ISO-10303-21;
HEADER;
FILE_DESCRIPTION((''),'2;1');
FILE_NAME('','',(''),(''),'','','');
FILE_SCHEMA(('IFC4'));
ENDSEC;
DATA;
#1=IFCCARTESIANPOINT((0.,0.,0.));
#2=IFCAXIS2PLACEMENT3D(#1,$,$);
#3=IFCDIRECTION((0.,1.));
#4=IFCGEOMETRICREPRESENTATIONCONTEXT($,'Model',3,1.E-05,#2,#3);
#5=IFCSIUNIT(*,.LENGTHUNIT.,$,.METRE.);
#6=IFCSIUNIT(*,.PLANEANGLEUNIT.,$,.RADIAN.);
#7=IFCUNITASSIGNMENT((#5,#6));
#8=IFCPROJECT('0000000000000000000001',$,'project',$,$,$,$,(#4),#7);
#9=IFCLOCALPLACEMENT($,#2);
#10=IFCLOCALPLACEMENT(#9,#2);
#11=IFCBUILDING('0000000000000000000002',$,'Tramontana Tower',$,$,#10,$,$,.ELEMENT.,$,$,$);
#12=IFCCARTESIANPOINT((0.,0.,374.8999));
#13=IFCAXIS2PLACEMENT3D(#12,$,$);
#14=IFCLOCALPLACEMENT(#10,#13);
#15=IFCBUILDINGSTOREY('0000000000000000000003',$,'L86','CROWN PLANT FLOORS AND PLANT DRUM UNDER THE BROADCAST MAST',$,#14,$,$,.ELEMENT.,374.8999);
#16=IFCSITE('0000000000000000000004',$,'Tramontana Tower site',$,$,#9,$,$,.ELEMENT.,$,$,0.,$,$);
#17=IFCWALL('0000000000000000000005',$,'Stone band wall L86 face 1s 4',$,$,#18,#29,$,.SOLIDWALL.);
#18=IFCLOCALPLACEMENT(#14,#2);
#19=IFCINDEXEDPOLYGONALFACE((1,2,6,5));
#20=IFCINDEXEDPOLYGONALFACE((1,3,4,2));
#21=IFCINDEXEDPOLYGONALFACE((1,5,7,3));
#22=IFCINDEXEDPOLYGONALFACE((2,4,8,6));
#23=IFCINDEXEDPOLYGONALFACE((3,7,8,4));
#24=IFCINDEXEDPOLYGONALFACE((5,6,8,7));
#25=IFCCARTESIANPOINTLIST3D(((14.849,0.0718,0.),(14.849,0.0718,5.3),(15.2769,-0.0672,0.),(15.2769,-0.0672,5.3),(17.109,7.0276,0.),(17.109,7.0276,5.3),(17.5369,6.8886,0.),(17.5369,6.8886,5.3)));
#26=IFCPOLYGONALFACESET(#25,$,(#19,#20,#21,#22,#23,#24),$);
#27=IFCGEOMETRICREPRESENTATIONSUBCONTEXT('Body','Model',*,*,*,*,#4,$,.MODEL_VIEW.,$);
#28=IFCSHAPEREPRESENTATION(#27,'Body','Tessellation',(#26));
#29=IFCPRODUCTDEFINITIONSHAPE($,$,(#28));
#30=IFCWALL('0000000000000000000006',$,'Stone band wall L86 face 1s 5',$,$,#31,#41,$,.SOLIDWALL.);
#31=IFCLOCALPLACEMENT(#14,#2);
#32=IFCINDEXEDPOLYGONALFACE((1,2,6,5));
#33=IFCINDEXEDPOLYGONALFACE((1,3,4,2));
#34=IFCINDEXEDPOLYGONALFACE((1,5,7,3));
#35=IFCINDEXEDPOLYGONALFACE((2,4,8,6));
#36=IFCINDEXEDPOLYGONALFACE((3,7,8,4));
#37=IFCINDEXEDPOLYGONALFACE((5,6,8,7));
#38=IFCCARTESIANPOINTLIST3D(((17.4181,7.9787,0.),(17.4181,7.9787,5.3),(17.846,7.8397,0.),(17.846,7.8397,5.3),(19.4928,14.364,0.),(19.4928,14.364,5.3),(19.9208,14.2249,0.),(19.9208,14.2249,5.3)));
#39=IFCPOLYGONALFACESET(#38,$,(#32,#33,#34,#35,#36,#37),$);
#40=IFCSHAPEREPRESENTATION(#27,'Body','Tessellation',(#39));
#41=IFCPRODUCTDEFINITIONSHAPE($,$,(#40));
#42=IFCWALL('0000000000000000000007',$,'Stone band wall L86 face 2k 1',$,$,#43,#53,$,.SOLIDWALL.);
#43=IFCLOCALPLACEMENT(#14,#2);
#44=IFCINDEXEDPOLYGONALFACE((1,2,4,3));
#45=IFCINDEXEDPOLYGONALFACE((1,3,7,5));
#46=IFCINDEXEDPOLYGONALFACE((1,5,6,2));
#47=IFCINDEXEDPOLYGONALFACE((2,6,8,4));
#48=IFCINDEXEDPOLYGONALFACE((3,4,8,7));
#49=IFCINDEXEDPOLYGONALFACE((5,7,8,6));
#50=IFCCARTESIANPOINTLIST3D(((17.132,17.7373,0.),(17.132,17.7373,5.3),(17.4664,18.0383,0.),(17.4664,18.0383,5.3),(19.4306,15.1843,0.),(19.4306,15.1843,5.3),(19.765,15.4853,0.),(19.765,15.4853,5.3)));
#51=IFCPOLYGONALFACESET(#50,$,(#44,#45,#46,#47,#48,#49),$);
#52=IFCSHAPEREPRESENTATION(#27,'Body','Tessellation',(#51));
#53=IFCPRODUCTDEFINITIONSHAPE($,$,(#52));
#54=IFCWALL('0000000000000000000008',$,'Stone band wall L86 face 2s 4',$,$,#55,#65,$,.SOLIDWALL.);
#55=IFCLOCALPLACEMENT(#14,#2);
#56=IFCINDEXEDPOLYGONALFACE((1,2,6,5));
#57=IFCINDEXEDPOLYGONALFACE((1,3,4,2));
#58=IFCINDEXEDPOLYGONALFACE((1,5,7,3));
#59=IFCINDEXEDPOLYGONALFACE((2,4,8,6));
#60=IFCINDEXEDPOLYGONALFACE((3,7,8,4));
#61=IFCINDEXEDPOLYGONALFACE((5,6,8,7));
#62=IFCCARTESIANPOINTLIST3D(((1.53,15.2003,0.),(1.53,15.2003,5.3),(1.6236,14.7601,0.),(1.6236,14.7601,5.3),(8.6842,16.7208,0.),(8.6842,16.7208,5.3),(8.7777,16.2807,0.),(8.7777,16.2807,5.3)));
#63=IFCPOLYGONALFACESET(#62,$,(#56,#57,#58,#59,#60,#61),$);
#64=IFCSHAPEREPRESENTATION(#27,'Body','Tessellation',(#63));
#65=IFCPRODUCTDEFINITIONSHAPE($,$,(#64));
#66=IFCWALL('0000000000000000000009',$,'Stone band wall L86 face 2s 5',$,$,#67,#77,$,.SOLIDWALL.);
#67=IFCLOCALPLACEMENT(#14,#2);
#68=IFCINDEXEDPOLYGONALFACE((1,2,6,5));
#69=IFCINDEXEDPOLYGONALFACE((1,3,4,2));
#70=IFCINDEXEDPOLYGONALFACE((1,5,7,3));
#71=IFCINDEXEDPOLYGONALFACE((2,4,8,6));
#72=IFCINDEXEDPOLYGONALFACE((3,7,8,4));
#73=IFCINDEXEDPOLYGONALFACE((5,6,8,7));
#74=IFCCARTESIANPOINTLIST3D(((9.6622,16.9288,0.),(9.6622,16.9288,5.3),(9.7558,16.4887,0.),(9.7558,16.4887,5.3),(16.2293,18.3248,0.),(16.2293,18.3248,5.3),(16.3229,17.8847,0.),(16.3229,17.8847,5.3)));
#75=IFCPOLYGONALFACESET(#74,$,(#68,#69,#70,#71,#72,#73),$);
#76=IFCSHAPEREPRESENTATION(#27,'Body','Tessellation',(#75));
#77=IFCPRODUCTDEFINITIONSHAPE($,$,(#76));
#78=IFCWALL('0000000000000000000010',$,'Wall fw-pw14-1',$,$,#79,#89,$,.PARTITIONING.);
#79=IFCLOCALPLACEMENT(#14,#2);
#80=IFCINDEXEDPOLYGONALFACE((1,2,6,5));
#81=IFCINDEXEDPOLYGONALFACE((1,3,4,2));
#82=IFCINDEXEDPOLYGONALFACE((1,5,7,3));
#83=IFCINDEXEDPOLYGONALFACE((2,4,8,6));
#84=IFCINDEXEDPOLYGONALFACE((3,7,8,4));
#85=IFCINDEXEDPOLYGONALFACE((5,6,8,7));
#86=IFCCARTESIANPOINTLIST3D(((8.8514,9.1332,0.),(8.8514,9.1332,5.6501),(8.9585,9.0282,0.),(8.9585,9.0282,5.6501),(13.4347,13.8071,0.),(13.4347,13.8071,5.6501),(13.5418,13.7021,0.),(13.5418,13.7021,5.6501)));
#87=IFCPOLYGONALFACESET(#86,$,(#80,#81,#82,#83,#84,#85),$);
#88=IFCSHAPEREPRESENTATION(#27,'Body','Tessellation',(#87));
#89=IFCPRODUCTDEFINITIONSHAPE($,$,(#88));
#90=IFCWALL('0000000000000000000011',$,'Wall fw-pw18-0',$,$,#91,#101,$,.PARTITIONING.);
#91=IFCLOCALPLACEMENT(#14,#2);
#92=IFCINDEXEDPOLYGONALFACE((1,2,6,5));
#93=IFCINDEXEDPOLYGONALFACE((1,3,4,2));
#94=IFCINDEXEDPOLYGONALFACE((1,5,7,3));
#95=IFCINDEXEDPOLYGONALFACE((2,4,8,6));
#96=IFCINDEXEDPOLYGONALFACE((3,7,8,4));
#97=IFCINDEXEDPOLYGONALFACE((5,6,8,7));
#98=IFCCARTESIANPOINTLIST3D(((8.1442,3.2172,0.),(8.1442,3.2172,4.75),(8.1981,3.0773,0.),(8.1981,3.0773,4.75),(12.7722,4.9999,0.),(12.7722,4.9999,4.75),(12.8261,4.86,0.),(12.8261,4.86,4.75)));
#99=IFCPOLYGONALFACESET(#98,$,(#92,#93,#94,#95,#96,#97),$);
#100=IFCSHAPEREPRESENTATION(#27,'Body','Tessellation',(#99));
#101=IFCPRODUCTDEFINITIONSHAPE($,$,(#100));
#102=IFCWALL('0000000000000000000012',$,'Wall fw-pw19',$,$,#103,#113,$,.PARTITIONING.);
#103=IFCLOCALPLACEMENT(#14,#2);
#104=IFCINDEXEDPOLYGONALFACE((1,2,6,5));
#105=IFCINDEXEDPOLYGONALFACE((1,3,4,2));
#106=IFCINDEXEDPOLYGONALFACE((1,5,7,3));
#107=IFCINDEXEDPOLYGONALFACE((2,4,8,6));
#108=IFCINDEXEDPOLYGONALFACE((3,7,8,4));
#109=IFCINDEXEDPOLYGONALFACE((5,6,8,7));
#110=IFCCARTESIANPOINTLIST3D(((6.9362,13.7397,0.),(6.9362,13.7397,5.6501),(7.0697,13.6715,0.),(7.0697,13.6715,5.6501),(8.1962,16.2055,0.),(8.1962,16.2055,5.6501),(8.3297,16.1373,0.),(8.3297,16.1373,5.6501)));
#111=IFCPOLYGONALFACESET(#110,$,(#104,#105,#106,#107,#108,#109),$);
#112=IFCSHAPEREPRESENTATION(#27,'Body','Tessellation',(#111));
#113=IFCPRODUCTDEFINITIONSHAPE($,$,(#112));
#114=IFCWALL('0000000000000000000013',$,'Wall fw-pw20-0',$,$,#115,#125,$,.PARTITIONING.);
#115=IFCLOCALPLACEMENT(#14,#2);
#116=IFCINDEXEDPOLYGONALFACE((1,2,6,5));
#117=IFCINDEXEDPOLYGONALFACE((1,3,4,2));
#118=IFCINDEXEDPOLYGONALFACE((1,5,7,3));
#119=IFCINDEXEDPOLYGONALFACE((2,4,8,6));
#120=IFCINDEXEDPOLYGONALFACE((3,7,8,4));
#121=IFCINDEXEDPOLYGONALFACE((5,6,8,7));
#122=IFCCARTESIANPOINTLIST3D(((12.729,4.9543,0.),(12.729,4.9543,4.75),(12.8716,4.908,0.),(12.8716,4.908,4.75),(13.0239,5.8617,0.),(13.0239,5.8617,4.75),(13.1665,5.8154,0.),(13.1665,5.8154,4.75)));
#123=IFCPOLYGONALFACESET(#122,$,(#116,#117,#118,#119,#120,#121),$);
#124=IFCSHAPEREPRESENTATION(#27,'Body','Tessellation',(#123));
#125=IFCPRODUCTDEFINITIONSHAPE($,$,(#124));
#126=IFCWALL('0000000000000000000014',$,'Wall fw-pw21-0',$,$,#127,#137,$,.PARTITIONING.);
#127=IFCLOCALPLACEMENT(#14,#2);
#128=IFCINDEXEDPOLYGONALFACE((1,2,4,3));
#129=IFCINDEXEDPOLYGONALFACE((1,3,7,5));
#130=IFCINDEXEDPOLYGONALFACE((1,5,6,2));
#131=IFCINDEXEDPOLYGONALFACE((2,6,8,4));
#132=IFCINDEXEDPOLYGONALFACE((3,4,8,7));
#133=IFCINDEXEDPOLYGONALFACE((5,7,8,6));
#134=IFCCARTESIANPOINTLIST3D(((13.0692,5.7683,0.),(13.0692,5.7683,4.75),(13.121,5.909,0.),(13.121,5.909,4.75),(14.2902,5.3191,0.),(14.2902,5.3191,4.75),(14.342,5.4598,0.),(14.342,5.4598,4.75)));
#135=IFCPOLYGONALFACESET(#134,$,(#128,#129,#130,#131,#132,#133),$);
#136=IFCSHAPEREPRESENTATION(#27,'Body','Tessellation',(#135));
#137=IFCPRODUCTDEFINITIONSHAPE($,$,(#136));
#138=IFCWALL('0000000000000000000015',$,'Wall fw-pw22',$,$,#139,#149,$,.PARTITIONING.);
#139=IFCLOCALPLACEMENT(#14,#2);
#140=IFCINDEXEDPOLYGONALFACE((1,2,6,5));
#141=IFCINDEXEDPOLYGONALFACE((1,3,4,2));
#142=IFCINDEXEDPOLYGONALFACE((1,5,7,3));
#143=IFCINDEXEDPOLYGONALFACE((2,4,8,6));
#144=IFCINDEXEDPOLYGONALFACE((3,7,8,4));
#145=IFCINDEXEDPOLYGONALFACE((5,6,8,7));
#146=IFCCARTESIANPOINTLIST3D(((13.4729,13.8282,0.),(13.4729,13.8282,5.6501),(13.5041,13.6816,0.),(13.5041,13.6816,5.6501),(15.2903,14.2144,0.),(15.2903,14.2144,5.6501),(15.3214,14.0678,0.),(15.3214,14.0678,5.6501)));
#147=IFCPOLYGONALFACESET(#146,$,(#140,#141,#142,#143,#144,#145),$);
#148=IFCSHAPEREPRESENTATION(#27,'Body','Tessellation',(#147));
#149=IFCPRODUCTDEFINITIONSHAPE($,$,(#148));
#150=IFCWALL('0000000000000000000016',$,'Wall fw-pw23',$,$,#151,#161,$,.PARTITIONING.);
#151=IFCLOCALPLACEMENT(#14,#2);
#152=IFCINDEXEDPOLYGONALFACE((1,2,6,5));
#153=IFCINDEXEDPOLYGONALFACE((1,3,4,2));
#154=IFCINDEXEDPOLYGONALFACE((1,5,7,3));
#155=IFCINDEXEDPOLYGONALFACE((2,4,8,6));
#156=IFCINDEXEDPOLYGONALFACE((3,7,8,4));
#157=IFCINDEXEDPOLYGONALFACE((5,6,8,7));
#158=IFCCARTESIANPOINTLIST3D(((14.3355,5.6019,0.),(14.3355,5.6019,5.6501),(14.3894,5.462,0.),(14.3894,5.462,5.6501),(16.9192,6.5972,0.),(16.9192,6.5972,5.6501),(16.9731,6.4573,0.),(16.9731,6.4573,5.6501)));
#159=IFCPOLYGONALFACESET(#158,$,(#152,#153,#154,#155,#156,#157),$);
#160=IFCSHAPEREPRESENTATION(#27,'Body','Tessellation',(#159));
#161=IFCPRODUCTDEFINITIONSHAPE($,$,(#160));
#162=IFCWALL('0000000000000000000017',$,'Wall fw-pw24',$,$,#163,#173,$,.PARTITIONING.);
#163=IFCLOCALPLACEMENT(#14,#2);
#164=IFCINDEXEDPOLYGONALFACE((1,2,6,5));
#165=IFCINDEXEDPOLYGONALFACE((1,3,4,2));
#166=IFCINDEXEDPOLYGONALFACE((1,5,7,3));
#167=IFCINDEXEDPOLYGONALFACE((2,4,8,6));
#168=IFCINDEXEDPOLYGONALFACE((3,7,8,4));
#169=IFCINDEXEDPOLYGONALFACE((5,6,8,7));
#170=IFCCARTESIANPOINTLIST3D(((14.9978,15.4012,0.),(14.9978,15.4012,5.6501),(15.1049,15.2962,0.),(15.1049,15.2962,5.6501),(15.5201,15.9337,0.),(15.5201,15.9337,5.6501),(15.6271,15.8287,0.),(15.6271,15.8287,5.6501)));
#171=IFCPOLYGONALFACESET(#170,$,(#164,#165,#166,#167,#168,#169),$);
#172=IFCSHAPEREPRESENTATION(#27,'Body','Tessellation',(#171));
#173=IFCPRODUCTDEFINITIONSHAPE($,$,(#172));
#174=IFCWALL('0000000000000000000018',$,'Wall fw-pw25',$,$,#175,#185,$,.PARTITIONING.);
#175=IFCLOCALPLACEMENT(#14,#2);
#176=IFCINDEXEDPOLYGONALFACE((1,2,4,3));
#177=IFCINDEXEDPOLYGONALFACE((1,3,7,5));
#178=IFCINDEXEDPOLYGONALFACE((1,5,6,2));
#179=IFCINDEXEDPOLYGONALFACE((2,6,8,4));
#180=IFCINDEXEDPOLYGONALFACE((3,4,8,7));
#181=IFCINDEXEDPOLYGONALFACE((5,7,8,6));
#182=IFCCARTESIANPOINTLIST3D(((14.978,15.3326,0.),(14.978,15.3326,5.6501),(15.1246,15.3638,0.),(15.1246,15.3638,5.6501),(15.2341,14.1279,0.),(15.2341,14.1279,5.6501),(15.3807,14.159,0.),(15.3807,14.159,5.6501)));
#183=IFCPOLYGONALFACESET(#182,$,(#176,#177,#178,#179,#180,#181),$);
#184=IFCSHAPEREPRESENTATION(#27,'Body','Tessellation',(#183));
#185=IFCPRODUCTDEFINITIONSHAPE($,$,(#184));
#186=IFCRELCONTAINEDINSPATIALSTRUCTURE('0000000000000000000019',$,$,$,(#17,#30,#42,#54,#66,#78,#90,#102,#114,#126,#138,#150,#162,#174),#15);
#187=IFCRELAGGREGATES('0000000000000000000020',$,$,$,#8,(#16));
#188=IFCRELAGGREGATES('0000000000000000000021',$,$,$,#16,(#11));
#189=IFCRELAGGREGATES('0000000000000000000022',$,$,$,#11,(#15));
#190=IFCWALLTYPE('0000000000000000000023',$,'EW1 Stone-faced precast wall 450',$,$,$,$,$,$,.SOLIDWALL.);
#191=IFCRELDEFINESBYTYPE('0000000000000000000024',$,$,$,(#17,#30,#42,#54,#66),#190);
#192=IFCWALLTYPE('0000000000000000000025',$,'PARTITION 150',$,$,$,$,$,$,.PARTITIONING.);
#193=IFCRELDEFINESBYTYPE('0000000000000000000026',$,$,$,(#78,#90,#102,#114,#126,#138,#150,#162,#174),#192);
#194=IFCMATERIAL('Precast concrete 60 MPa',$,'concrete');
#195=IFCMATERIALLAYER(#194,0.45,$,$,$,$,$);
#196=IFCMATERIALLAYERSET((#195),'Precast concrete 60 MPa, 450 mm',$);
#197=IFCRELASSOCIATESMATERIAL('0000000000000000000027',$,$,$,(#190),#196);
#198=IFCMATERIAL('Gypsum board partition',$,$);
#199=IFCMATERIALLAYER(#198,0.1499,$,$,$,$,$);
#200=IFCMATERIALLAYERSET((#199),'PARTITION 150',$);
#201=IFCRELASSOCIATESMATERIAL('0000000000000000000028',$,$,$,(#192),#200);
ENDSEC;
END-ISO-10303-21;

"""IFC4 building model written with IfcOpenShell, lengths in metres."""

from ifc_helpers import new_model, si_unit, direction, frame, frame_2d, origin, place, context, subcontext, project, spatial, rectangle, extrude, material, layer, layer_set, type_object, element, save


model = new_model("IFC4")

# Units and contexts
model_context = context("Model", 3, precision=1e-05, world=origin(), true_north=direction((0.0, 1.0)))
body_context = subcontext(model_context, "Body", "Model", "MODEL_VIEW")
ifc_project = project(units=[si_unit("LENGTHUNIT", "METRE"), si_unit("PLANEANGLEUNIT", "RADIAN")], contexts=[model_context])

# Site, building, storey
site_placement = place(None, origin())
site = spatial("IfcSite", under=ifc_project, at=site_placement, Name="Tramontana Tower site", CompositionType="ELEMENT", RefElevation=0.0)
building_placement = place(site_placement, origin())
building = spatial("IfcBuilding", under=site, at=building_placement, Name="Tramontana Tower", CompositionType="ELEMENT")
storey_placement = place(building_placement, frame((0.0, 0.0, 374.8999)))
storey = spatial("IfcBuildingStorey", under=building, at=storey_placement, Name="L86", Description="CROWN PLANT FLOORS AND PLANT DRUM UNDER THE BROADCAST MAST", CompositionType="ELEMENT", Elevation=374.8999)

# Walls
ifc_material_1 = material(Name="Precast concrete 60 MPa", Category="concrete")
ifc_layer_1 = layer(ifc_material_1, 0.45)
ifc_layer_set_1 = layer_set([ifc_layer_1], Name="Precast concrete 60 MPa, 450 mm")
wall_type_1 = type_object("IfcWallType", Name="EW1 Stone-faced precast wall 450", PredefinedType="SOLIDWALL", material=ifc_layer_set_1)
wall_1_placement = place(storey_placement, frame((15.063, 0.0024, 0.0), z_axis=(0.0, 0.0, 1.0), x_axis=(0.309008, 0.951059, 0.0)))
element("IfcWall", 1, at=wall_1_placement, inside=storey, type_object=wall_type_1, Name="Stone band wall L86 face 1s 4", PredefinedType="SOLIDWALL", context=body_context, shape_type="SweptSolid", body=[
    extrude(rectangle(XDim=7.3137, YDim=0.45, at=frame_2d((3.6567, 0.0))), origin(), (0.0, 0.0, 1.0), 5.3),
])
wall_2_placement = place(storey_placement, frame((17.6321, 7.9092, 0.0), z_axis=(0.0, 0.0, 1.0), x_axis=(0.309019, 0.951056, 0.0)))
element("IfcWall", 2, at=wall_2_placement, inside=storey, type_object=wall_type_1, Name="Stone band wall L86 face 1s 5", PredefinedType="SOLIDWALL", context=body_context, shape_type="SweptSolid", body=[
    extrude(rectangle(XDim=6.7139, YDim=0.45, at=frame_2d((3.3569, 0.0))), origin(), (0.0, 0.0, 1.0), 5.3),
])
wall_3_placement = place(storey_placement, frame((19.5979, 15.3347, 0.0), z_axis=(0.0, 0.0, 1.0), x_axis=(-0.66911, 0.743163, 0.0)))
element("IfcWall", 3, at=wall_3_placement, inside=storey, type_object=wall_type_1, Name="Stone band wall L86 face 2k 1", PredefinedType="SOLIDWALL", context=body_context, shape_type="SweptSolid", body=[
    extrude(rectangle(XDim=3.4353, YDim=0.45, at=frame_2d((1.7178, 0.0))), origin(), (0.0, 0.0, 1.0), 5.3),
])
wall_4_placement = place(storey_placement, frame((8.731, 16.5007, 0.0), z_axis=(0.0, 0.0, 1.0), x_axis=(-0.978151, -0.207894, 0.0)))
element("IfcWall", 4, at=wall_4_placement, inside=storey, type_object=wall_type_1, Name="Stone band wall L86 face 2s 4", PredefinedType="SOLIDWALL", context=body_context, shape_type="SweptSolid", body=[
    extrude(rectangle(XDim=7.314, YDim=0.45, at=frame_2d((3.657, 0.0))), origin(), (0.0, 0.0, 1.0), 5.3),
])
wall_5_placement = place(storey_placement, frame((16.2761, 18.1047, 0.0), z_axis=(0.0, 0.0, 1.0), x_axis=(-0.978144, -0.207927, 0.0)))
element("IfcWall", 5, at=wall_5_placement, inside=storey, type_object=wall_type_1, Name="Stone band wall L86 face 2s 5", PredefinedType="SOLIDWALL", context=body_context, shape_type="SweptSolid", body=[
    extrude(rectangle(XDim=6.7139, YDim=0.45, at=frame_2d((3.3569, 0.0))), origin(), (0.0, 0.0, 1.0), 5.3),
])
ifc_material_2 = material(Name="Gypsum board partition")
ifc_layer_2 = layer(ifc_material_2, 0.1499)
ifc_layer_set_2 = layer_set([ifc_layer_2], Name="PARTITION 150")
wall_type_2 = type_object("IfcWallType", Name="PARTITION 150", PredefinedType="PARTITIONING", material=ifc_layer_set_2)
wall_6_placement = place(storey_placement, frame((8.905, 9.0808, 0.0), z_axis=(0.0, 0.0, 1.0), x_axis=(0.700155, 0.713991, 0.0)))
element("IfcWall", 6, at=wall_6_placement, inside=storey, type_object=wall_type_2, Name="Wall fw-pw14-1", PredefinedType="PARTITIONING", context=body_context, shape_type="SweptSolid", body=[
    extrude(rectangle(XDim=6.5461, YDim=0.1499, at=frame_2d((3.2729, 0.0))), origin(), (0.0, 0.0, 1.0), 5.6501),
])
wall_7_placement = place(storey_placement, frame((8.1711, 3.1472, 0.0), z_axis=(0.0, 0.0, 1.0), x_axis=(0.93316, 0.359461, 0.0)))
element("IfcWall", 7, at=wall_7_placement, inside=storey, type_object=wall_type_2, Name="Wall fw-pw18-0", PredefinedType="PARTITIONING", context=body_context, shape_type="SweptSolid", body=[
    extrude(rectangle(XDim=4.9595, YDim=0.1499, at=frame_2d((2.4797, 0.0))), origin(), (0.0, 0.0, 1.0), 4.75),
])
wall_8_placement = place(storey_placement, frame((8.2629, 16.1714, 0.0), z_axis=(0.0, 0.0, 1.0), x_axis=(-0.455026, -0.890478, 0.0)))
element("IfcWall", 8, at=wall_8_placement, inside=storey, type_object=wall_type_2, Name="Wall fw-pw19", PredefinedType="PARTITIONING", context=body_context, shape_type="SweptSolid", body=[
    extrude(rectangle(XDim=2.769, YDim=0.1499, at=frame_2d((1.3845, 0.0))), origin(), (0.0, 0.0, 1.0), 5.6501),
])
wall_9_placement = place(storey_placement, frame((12.8003, 4.9312, 0.0), z_axis=(0.0, 0.0, 1.0), x_axis=(0.30908, 0.951036, 0.0)))
element("IfcWall", 9, at=wall_9_placement, inside=storey, type_object=wall_type_2, Name="Wall fw-pw20-0", PredefinedType="PARTITIONING", context=body_context, shape_type="SweptSolid", body=[
    extrude(rectangle(XDim=0.9541, YDim=0.1499, at=frame_2d((0.4771, 0.0))), origin(), (0.0, 0.0, 1.0), 4.75),
])
wall_10_placement = place(storey_placement, frame((13.0952, 5.8386, 0.0), z_axis=(0.0, 0.0, 1.0), x_axis=(0.938494, -0.345297, 0.0)))
element("IfcWall", 10, at=wall_10_placement, inside=storey, type_object=wall_type_2, Name="Wall fw-pw21-0", PredefinedType="PARTITIONING", context=body_context, shape_type="SweptSolid", body=[
    extrude(rectangle(XDim=1.301, YDim=0.1499, at=frame_2d((0.6504, 0.0))), origin(), (0.0, 0.0, 1.0), 4.75),
])
wall_11_placement = place(storey_placement, frame((13.4885, 13.7549, 0.0), z_axis=(0.0, 0.0, 1.0), x_axis=(0.978155, 0.207878, 0.0)))
element("IfcWall", 11, at=wall_11_placement, inside=storey, type_object=wall_type_2, Name="Wall fw-pw22", PredefinedType="PARTITIONING", context=body_context, shape_type="SweptSolid", body=[
    extrude(rectangle(XDim=1.8579, YDim=0.1499, at=frame_2d((0.929, 0.0))), origin(), (0.0, 0.0, 1.0), 5.6501),
])
wall_12_placement = place(storey_placement, frame((14.3625, 5.532, 0.0), z_axis=(0.0, 0.0, 1.0), x_axis=(0.93315, 0.359487, 0.0)))
element("IfcWall", 12, at=wall_12_placement, inside=storey, type_object=wall_type_2, Name="Wall fw-pw23", PredefinedType="PARTITIONING", context=body_context, shape_type="SweptSolid", body=[
    extrude(rectangle(XDim=2.7688, YDim=0.1499, at=frame_2d((1.3843, 0.0))), origin(), (0.0, 0.0, 1.0), 5.6501),
])
wall_13_placement = place(storey_placement, frame((15.0513, 15.3486, 0.0), z_axis=(0.0, 0.0, 1.0), x_axis=(0.700199, 0.713948, 0.0)))
element("IfcWall", 13, at=wall_13_placement, inside=storey, type_object=wall_type_2, Name="Wall fw-pw24", PredefinedType="PARTITIONING", context=body_context, shape_type="SweptSolid", body=[
    extrude(rectangle(XDim=0.7458, YDim=0.1499, at=frame_2d((0.373, 0.0))), origin(), (0.0, 0.0, 1.0), 5.6501),
])
wall_14_placement = place(storey_placement, frame((15.3074, 14.1436, 0.0), z_axis=(0.0, 0.0, 1.0), x_axis=(-0.207918, 0.978146, 0.0)))
element("IfcWall", 14, at=wall_14_placement, inside=storey, type_object=wall_type_2, Name="Wall fw-pw25", PredefinedType="PARTITIONING", context=body_context, shape_type="SweptSolid", body=[
    extrude(rectangle(XDim=1.2317, YDim=0.1499, at=frame_2d((0.6157, 0.0))), origin(), (0.0, 0.0, 1.0), 5.6501),
])

save(model, "model.ifc")
